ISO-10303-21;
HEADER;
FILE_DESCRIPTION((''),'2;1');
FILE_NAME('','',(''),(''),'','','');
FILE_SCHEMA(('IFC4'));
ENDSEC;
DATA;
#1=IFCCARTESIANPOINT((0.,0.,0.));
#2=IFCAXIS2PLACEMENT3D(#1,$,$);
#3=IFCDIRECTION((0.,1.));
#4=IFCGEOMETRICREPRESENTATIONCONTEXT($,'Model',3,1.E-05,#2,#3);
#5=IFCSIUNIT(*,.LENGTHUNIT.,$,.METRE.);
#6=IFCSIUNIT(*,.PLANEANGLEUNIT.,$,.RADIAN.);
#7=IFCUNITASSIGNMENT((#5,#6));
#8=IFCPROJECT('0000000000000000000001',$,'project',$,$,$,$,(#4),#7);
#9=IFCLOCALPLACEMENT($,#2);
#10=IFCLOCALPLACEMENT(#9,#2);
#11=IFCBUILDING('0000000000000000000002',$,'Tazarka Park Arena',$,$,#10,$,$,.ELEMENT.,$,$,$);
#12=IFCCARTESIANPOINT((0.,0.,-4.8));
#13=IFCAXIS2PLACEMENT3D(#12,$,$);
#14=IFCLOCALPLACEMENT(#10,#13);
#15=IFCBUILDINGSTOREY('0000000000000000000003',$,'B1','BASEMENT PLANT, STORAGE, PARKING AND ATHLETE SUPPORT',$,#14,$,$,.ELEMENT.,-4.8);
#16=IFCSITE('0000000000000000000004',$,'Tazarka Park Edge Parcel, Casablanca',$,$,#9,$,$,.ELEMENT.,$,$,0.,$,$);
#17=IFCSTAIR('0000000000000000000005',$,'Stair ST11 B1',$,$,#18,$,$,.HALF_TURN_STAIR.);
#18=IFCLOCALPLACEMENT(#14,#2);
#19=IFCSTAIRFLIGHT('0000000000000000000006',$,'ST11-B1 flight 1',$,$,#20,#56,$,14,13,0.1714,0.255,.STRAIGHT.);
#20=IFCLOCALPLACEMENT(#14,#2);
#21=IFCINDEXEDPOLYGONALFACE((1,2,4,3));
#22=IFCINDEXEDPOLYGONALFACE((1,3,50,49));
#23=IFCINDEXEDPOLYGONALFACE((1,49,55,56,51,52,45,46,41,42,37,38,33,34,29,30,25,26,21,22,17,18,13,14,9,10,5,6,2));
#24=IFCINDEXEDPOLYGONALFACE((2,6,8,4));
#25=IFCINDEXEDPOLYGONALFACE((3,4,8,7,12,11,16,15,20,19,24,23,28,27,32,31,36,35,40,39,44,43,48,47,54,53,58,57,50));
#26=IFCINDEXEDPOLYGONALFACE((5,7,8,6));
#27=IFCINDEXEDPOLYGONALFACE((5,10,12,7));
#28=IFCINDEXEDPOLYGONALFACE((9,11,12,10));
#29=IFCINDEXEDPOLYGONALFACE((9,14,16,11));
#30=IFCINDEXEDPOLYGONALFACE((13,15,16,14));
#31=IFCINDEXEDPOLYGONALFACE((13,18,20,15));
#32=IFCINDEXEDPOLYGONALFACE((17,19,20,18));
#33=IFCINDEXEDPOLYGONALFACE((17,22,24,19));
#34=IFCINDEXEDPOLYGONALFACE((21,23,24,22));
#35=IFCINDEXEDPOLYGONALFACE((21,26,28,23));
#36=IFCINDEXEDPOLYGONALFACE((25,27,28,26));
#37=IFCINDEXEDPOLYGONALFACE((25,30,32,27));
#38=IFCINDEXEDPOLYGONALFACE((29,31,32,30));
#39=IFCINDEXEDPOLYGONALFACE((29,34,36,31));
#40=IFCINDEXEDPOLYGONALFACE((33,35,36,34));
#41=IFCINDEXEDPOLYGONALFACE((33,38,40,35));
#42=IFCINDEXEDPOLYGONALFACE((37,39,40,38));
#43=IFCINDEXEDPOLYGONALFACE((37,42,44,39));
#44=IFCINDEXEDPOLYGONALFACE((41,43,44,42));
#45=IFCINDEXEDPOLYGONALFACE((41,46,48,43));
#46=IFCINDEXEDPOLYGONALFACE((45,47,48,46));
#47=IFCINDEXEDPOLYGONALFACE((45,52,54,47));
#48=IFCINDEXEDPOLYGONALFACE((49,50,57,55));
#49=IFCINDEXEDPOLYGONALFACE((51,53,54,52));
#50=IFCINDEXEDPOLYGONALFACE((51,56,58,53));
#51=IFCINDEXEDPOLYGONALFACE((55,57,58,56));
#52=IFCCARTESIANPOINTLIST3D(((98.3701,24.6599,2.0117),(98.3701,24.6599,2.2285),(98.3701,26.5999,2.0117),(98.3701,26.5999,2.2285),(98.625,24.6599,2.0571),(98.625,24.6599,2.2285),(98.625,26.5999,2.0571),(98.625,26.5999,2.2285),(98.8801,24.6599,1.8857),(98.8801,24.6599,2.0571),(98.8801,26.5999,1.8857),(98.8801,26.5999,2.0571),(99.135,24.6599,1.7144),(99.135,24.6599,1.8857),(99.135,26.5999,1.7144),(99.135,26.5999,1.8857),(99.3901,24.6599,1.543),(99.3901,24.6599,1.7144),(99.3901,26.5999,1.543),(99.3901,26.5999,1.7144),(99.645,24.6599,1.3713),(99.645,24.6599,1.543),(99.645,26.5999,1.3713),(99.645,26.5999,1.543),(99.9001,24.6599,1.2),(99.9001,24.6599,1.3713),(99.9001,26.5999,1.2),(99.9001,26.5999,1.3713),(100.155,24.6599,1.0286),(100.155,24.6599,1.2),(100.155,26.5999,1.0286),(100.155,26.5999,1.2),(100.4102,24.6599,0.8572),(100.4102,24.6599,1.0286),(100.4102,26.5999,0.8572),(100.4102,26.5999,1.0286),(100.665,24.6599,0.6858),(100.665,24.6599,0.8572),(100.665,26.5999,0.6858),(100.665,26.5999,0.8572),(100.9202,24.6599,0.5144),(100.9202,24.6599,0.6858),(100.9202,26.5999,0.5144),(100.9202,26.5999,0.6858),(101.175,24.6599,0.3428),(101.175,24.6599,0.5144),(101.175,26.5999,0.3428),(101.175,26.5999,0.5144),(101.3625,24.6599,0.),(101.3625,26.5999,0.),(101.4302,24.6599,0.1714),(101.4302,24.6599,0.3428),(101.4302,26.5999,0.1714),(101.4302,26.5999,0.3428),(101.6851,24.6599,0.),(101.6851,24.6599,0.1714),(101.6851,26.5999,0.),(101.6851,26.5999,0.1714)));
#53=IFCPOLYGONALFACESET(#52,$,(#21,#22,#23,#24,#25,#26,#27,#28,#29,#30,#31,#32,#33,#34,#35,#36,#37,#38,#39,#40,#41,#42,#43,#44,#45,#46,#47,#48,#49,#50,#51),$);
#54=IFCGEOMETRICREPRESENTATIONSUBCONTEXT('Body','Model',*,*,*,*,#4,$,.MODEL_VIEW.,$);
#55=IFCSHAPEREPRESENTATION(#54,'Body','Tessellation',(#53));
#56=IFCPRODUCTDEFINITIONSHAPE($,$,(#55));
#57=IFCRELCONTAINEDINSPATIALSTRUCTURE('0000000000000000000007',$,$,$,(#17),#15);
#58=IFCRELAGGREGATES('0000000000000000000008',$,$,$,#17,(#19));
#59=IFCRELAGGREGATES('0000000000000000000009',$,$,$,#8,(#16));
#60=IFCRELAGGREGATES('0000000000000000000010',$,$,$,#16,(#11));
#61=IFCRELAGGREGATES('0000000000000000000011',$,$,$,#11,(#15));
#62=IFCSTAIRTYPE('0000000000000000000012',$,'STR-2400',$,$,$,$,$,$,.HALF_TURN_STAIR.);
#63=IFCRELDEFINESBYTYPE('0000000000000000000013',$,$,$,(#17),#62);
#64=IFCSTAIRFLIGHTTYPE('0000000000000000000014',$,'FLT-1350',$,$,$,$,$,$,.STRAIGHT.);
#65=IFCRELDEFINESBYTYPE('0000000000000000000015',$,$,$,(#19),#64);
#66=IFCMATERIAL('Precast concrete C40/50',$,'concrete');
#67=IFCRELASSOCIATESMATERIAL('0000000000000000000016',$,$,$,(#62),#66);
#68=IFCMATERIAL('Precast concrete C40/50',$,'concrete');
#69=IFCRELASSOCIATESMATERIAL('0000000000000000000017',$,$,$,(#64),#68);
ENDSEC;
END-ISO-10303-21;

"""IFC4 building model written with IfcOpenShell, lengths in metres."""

from ifc_helpers import new_model, si_unit, direction, frame, origin, place, context, subcontext, project, spatial, polyline, outline, extrude, material, type_object, element, aggregate, save


model = new_model("IFC4")

# Units and contexts
model_context = context("Model", 3, precision=1e-05, world=origin(), true_north=direction((0.0, 1.0)))
body_context = subcontext(model_context, "Body", "Model", "MODEL_VIEW")
ifc_project = project(units=[si_unit("LENGTHUNIT", "METRE"), si_unit("PLANEANGLEUNIT", "RADIAN")], contexts=[model_context])

# Site, building, storey
site_placement = place(None, origin())
site = spatial("IfcSite", under=ifc_project, at=site_placement, Name="Tazarka Park Edge Parcel, Casablanca", CompositionType="ELEMENT", RefElevation=0.0)
building_placement = place(site_placement, origin())
building = spatial("IfcBuilding", under=site, at=building_placement, Name="Tazarka Park Arena", CompositionType="ELEMENT")
storey_placement = place(building_placement, frame((0.0, 0.0, -4.8)))
storey = spatial("IfcBuildingStorey", under=building, at=storey_placement, Name="B1", Description="BASEMENT PLANT, STORAGE, PARKING AND ATHLETE SUPPORT", CompositionType="ELEMENT", Elevation=-4.8)

# Stair, stair flight
ifc_material_1 = material(Name="Precast concrete C40/50", Category="concrete")
stair_type = type_object("IfcStairType", Name="STR-2400", PredefinedType="HALF_TURN_STAIR", material=ifc_material_1)
stair_placement = place(storey_placement, origin())
stair = element("IfcStair", 1, at=stair_placement, inside=storey, type_object=stair_type, Name="Stair ST11 B1", PredefinedType="HALF_TURN_STAIR")
ifc_material_2 = material(Name="Precast concrete C40/50", Category="concrete")
stair_flight_type = type_object("IfcStairFlightType", Name="FLT-1350", PredefinedType="STRAIGHT", material=ifc_material_2)
stair_flight_placement = place(storey_placement, frame((101.6851, 25.6299, 0.0), z_axis=(0.0, 0.0, 1.0), x_axis=(-1.0, 0.0, 0.0)))
stair_flight = element("IfcStairFlight", 2, at=stair_flight_placement, type_object=stair_flight_type, Name="ST11-B1 flight 1", NumberOfRisers=14, NumberOfTreads=13, PredefinedType="STRAIGHT", RiserHeight=0.1714, TreadLength=0.255, context=body_context, shape_type="SweptSolid", body=[
    extrude(outline(polyline([(0.0, 0.0), (0.0, 0.1714), (0.2549, 0.1714), (0.2549, 0.3428), (0.51, 0.3428), (0.51, 0.5144), (0.7649, 0.5144), (0.7649, 0.6858), (1.02, 0.6858), (1.02, 0.8572), (1.2749, 0.8572), (1.2749, 1.0286), (1.53, 1.0286), (1.53, 1.2), (1.7849, 1.2), (1.7849, 1.3713), (2.04, 1.3713), (2.04, 1.543), (2.2949, 1.543), (2.2949, 1.7144), (2.55, 1.7144), (2.55, 1.8857), (2.8049, 1.8857), (2.8049, 2.0571), (3.0601, 2.0571), (3.0601, 2.2285), (3.3149, 2.2285), (3.3149, 2.3999), (3.3149, 2.0117), (0.3225, 0.0), (0.0, 0.0)])), frame((0.0, 0.97, 0.0), z_axis=(0.0, -1.0, 0.0), x_axis=(1.0, 0.0, 0.0)), (0.0, 0.0, 1.0), 1.9399),
])
aggregate(stair, [stair_flight])

save(model, "model.ifc")
